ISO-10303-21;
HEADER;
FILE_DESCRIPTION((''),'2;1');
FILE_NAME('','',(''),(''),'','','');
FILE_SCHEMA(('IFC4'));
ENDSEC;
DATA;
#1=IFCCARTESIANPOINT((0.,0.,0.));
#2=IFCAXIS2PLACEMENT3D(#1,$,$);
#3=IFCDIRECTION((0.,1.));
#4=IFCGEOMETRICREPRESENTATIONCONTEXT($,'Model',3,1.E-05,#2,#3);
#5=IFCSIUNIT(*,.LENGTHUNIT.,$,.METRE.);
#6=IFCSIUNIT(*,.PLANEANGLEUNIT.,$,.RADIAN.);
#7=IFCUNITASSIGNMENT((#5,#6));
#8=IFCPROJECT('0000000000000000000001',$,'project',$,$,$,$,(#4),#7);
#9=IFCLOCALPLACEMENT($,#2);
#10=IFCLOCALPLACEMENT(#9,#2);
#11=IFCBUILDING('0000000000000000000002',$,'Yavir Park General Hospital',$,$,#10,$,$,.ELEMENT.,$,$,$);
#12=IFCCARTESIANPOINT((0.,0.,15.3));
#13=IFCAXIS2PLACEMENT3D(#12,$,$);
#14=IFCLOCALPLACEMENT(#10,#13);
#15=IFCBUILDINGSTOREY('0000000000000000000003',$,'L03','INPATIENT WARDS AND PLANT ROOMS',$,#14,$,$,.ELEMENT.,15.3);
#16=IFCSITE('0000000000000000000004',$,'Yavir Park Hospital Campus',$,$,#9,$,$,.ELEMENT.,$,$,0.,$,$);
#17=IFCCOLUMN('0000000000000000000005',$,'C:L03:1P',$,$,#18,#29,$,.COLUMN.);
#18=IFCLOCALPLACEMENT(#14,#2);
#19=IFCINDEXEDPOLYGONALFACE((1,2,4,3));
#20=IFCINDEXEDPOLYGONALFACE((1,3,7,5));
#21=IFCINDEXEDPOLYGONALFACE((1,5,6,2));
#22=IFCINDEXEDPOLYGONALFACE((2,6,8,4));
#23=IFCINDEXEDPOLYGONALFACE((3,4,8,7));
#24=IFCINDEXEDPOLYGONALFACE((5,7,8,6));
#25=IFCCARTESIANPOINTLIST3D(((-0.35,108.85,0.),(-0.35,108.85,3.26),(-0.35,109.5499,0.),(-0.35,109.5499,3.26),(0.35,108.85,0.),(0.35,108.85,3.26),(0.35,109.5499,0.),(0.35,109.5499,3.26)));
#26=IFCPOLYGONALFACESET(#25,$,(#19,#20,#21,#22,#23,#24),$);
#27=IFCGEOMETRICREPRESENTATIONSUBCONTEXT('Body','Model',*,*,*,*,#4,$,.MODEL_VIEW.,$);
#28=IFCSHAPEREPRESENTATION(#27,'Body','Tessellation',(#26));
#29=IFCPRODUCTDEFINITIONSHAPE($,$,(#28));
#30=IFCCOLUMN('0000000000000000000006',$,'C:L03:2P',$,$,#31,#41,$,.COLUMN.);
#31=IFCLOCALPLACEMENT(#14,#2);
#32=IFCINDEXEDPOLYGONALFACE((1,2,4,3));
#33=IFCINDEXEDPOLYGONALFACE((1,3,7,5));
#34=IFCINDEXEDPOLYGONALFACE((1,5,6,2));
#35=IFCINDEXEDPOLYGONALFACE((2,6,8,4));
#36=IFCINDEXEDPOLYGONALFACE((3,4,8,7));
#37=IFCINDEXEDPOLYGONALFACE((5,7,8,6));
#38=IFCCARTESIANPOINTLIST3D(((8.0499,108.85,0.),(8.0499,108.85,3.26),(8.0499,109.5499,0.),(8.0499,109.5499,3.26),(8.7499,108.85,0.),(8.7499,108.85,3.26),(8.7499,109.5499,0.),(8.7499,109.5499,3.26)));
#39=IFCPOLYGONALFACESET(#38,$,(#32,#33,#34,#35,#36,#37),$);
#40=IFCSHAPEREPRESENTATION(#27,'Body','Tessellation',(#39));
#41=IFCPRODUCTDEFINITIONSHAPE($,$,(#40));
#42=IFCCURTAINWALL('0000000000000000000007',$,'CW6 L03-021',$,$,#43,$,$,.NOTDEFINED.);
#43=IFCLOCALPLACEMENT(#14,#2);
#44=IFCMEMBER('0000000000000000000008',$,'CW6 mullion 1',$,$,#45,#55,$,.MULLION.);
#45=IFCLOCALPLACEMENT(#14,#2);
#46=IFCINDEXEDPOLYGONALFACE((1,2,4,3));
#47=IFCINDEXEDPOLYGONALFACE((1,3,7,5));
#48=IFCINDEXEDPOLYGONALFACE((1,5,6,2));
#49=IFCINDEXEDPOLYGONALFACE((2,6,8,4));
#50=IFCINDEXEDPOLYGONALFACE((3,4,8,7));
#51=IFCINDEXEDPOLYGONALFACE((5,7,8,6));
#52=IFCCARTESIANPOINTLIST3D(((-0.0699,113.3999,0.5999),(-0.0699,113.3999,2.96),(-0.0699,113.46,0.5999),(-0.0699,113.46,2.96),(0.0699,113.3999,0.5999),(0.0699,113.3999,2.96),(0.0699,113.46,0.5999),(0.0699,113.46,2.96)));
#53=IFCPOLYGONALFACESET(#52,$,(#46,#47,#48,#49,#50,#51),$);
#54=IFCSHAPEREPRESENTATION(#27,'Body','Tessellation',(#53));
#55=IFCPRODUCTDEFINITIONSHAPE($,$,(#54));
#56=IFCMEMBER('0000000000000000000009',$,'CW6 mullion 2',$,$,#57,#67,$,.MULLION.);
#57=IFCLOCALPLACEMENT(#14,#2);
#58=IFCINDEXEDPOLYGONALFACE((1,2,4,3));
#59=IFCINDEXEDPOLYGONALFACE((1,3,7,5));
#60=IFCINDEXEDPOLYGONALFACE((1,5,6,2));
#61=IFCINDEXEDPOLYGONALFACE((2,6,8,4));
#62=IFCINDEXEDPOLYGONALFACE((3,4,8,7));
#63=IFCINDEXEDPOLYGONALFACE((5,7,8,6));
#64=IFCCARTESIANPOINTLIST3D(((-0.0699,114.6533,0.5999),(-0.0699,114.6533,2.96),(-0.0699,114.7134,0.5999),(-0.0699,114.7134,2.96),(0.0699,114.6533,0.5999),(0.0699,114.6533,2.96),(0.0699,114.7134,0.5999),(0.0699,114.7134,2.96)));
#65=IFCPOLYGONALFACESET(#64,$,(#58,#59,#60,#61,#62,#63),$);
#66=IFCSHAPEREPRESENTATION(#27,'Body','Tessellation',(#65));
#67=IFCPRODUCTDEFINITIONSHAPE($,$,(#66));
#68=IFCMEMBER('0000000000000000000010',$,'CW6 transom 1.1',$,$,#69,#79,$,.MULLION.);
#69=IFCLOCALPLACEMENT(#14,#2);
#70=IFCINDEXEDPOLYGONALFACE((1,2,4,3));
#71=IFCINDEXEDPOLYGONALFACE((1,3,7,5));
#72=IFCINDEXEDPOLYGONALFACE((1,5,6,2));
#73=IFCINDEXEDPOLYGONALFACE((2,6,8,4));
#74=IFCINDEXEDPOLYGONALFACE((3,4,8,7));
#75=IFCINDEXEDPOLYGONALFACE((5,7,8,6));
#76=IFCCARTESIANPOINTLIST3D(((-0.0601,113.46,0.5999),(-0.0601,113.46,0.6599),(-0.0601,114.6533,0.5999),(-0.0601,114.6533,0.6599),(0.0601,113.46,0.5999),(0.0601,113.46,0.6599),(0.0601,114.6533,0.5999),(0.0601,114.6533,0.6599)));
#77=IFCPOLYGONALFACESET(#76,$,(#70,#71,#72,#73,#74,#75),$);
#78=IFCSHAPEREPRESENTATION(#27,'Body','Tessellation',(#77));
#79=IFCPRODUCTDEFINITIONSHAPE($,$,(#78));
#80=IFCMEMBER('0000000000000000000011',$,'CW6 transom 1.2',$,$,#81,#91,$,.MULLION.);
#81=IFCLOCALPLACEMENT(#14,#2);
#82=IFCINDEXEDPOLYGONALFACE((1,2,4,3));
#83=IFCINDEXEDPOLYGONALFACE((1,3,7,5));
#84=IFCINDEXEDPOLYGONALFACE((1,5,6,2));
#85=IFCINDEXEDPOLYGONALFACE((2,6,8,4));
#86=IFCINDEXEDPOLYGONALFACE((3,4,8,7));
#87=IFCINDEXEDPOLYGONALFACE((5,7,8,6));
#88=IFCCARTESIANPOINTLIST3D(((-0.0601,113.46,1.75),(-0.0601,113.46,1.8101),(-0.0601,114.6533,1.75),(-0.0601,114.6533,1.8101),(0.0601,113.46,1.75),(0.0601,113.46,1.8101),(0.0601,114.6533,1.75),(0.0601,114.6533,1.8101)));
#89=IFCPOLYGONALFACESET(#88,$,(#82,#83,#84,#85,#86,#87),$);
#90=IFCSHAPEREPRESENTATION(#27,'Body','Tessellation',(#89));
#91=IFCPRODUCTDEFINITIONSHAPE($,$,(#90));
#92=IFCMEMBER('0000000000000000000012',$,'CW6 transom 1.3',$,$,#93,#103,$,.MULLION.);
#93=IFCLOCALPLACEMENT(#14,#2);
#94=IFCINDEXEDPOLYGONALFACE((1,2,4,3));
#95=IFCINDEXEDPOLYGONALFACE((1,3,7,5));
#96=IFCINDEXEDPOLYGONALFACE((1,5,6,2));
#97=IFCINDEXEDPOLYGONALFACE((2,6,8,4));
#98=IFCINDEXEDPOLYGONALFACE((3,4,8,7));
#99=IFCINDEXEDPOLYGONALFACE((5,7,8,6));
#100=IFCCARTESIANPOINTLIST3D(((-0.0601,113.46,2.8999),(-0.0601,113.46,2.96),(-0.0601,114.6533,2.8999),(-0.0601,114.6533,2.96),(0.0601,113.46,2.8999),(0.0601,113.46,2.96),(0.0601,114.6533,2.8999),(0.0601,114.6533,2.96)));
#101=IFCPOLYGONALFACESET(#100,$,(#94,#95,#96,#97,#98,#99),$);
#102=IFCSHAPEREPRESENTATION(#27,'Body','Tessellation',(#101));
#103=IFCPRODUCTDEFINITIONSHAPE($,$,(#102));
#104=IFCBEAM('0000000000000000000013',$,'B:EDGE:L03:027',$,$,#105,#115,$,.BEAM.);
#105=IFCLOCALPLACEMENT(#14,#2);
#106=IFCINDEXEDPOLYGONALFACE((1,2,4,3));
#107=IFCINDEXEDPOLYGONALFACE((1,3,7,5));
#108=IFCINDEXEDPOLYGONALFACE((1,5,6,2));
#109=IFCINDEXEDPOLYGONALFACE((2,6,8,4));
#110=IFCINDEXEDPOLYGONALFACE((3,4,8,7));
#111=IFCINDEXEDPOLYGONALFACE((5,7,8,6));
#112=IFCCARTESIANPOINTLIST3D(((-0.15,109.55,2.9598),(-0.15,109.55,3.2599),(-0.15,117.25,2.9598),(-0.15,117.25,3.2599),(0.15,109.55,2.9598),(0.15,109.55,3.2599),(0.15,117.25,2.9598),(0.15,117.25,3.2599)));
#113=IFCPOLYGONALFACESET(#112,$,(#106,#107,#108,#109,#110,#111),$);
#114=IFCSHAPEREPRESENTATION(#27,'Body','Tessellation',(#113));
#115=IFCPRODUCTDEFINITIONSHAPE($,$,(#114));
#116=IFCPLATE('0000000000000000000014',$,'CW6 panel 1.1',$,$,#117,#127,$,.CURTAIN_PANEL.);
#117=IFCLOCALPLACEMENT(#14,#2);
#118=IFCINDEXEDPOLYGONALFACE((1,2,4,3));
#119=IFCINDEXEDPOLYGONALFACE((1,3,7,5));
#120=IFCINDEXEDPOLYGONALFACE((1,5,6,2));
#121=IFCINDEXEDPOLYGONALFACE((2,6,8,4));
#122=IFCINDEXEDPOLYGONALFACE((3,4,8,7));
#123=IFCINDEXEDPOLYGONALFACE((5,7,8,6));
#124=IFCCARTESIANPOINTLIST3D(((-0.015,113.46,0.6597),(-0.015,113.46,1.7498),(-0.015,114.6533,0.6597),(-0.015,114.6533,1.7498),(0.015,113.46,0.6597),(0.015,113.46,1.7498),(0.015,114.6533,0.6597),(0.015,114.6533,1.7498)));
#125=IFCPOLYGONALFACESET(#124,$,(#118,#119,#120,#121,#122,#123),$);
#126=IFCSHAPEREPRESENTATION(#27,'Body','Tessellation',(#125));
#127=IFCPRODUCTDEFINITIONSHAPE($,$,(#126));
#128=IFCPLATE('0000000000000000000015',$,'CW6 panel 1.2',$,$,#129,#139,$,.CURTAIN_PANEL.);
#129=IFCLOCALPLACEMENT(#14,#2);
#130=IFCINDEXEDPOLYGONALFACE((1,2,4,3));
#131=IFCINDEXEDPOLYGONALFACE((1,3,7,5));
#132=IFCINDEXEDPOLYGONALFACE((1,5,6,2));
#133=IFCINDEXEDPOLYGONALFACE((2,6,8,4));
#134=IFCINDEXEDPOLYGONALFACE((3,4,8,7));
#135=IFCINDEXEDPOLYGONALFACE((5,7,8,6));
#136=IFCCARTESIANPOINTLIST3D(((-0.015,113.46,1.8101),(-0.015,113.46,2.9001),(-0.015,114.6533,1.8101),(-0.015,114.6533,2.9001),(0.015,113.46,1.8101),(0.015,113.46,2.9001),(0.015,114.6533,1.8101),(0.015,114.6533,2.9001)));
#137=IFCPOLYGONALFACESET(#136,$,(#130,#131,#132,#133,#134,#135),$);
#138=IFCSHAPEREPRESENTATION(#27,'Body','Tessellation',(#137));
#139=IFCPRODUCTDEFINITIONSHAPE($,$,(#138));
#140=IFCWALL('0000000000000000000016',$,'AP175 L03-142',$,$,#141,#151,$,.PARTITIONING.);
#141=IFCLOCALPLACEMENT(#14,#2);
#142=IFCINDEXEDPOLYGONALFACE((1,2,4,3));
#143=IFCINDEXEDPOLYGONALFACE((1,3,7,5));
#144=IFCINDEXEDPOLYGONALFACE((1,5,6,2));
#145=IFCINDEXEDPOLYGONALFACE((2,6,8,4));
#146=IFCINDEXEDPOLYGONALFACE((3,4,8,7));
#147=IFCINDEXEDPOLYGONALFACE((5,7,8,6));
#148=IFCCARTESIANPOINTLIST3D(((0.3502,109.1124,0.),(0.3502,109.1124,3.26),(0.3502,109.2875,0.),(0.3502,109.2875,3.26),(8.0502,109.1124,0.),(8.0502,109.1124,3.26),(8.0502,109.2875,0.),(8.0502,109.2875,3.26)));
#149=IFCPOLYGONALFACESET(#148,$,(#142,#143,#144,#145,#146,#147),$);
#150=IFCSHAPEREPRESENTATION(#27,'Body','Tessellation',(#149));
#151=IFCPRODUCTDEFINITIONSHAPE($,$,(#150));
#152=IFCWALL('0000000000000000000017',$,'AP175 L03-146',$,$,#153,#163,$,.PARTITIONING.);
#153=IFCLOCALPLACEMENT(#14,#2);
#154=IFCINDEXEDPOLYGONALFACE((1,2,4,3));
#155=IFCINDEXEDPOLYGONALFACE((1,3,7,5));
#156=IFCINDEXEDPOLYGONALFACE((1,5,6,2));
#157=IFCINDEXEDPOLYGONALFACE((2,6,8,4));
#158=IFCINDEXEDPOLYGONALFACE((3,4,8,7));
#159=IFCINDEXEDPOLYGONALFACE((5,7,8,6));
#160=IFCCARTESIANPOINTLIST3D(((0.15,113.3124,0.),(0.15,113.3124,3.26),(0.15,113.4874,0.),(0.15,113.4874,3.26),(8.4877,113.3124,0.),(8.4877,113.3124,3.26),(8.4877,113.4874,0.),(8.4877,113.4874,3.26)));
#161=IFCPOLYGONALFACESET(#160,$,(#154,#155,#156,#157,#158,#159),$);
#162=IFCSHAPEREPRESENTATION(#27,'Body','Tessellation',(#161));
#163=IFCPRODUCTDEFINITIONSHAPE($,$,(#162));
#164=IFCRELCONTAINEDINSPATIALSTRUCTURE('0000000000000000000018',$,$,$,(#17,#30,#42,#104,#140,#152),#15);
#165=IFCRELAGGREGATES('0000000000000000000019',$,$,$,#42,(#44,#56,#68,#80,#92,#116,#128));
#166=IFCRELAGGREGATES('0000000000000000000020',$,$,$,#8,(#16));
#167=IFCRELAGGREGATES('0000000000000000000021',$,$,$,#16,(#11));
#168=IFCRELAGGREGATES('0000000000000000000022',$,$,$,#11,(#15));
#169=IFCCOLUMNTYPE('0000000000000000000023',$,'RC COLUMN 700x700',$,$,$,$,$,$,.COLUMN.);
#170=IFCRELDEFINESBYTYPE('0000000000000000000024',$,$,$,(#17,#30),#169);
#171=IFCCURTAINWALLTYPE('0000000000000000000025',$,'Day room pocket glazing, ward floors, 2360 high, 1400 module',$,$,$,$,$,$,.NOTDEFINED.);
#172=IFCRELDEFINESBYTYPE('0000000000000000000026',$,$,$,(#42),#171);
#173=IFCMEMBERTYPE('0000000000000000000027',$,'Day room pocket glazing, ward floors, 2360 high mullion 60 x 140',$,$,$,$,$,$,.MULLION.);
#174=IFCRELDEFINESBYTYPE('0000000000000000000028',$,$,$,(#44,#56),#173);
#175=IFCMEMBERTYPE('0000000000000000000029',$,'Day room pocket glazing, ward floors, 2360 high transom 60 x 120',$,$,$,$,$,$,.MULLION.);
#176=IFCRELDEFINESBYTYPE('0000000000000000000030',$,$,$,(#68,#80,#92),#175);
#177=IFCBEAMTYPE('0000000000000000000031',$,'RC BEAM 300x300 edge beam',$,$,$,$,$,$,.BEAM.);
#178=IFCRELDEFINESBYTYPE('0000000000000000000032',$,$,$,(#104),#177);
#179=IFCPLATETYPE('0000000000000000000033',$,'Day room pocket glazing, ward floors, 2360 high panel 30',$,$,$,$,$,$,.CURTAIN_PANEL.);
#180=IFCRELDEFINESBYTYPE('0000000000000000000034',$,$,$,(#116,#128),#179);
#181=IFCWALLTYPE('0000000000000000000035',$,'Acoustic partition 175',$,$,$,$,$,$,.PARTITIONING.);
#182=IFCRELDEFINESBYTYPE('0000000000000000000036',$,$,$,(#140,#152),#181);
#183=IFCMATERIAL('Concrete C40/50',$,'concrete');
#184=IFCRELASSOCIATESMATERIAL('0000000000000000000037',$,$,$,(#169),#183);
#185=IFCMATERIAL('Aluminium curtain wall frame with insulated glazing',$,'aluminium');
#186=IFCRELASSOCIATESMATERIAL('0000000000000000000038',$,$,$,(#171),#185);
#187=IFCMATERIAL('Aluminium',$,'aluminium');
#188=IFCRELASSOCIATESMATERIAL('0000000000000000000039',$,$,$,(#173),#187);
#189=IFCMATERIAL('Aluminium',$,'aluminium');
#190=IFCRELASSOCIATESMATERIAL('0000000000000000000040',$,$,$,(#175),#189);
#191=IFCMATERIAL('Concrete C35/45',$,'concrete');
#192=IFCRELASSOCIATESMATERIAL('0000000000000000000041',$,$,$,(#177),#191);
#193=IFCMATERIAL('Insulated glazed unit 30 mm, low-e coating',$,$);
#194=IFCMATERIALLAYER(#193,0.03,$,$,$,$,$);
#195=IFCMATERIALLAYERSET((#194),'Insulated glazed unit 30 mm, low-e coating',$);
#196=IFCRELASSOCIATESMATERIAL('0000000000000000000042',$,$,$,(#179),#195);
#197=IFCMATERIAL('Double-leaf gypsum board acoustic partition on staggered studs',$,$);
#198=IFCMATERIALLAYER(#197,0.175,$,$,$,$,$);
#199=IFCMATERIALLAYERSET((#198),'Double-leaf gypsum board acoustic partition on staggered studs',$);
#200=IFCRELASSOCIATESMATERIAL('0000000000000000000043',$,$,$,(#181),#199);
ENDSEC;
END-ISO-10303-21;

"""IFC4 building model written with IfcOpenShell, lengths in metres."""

from ifc_helpers import new_model, si_unit, direction, frame, frame_2d, origin, origin_2d, place, context, subcontext, project, spatial, rectangle, extrude, material, layer, layer_set, material_profile, profile_set, type_object, element, aggregate, save


model = new_model("IFC4")

# Units and contexts
model_context = context("Model", 3, precision=1e-05, world=origin(), true_north=direction((0.0, 1.0)))
body_context = subcontext(model_context, "Body", "Model", "MODEL_VIEW")
ifc_project = project(units=[si_unit("LENGTHUNIT", "METRE"), si_unit("PLANEANGLEUNIT", "RADIAN")], contexts=[model_context])

# Site, building, storey
site_placement = place(None, origin())
site = spatial("IfcSite", under=ifc_project, at=site_placement, Name="Yavir Park Hospital Campus", CompositionType="ELEMENT", RefElevation=0.0)
building_placement = place(site_placement, origin())
building = spatial("IfcBuilding", under=site, at=building_placement, Name="Yavir Park General Hospital", CompositionType="ELEMENT")
storey_placement = place(building_placement, frame((0.0, 0.0, 15.3)))
storey = spatial("IfcBuildingStorey", under=building, at=storey_placement, Name="L03", Description="INPATIENT WARDS AND PLANT ROOMS", CompositionType="ELEMENT", Elevation=15.3)

# Columns
ifc_material_1 = material(Name="Concrete C40/50", Category="concrete")
ifc_material_profile_1 = material_profile(ifc_material_1, rectangle(XDim=0.7, YDim=0.7, at=origin_2d()), Name="RC700x700")
ifc_profile_set_1 = profile_set([ifc_material_profile_1], Name="Concrete C40/50")
column_type = type_object("IfcColumnType", Name="RC COLUMN 700x700", PredefinedType="COLUMN", material=ifc_profile_set_1)
for number, where, z_axis, x_axis, name in (
    (1, (0.0, 109.2, 0.0), (0.0, 0.0, 1.0), (1.0, 0.0, 0.0), "C:L03:1P"),
    (2, (8.3999, 109.2, 0.0), (0.0, 0.0, 1.0), (1.0, 0.0, 0.0), "C:L03:2P"),
):
    element("IfcColumn", number, at=place(storey_placement, frame(where, z_axis=z_axis, x_axis=x_axis)), inside=storey, type_object=column_type, Name=name, PredefinedType="COLUMN", context=body_context, shape_type="SweptSolid", body=[
        extrude(rectangle(XDim=0.7, YDim=0.7, at=origin_2d()), origin(), (0.0, 0.0, 1.0), 3.26),
    ])

# Curtain wall, members
ifc_material_2 = material(Name="Aluminium curtain wall frame with insulated glazing", Category="aluminium")
curtain_wall_type = type_object("IfcCurtainWallType", Name="Day room pocket glazing, ward floors, 2360 high, 1400 module", PredefinedType="NOTDEFINED", material=ifc_material_2)
curtain_wall_placement = place(storey_placement, origin())
curtain_wall = element("IfcCurtainWall", 3, at=curtain_wall_placement, inside=storey, type_object=curtain_wall_type, Name="CW6 L03-021", PredefinedType="NOTDEFINED")
ifc_material_3 = material(Name="Aluminium", Category="aluminium")
ifc_material_profile_2 = material_profile(ifc_material_3, rectangle(XDim=0.1399, YDim=0.0601, at=origin_2d()), Name="AL 60x140")
ifc_profile_set_2 = profile_set([ifc_material_profile_2], Name="Aluminium")
member_type_1 = type_object("IfcMemberType", Name="Day room pocket glazing, ward floors, 2360 high mullion 60 x 140", PredefinedType="MULLION", material=ifc_profile_set_2)
member_1_placement = place(storey_placement, frame((0.0, 113.4299, 0.5999), z_axis=(0.0, 0.0, 1.0), x_axis=(-1.0, 0.0, 0.0)))
member_1 = element("IfcMember", 4, at=member_1_placement, type_object=member_type_1, Name="CW6 mullion 1", PredefinedType="MULLION", context=body_context, shape_type="SweptSolid", body=[
    extrude(rectangle(XDim=0.1399, YDim=0.0601, at=origin_2d()), origin(), (0.0, 0.0, 1.0), 2.3601),
])
member_2_placement = place(storey_placement, frame((0.0, 114.6833, 0.5999), z_axis=(0.0, 0.0, 1.0), x_axis=(-1.0, 0.0, 0.0)))
member_2 = element("IfcMember", 5, at=member_2_placement, type_object=member_type_1, Name="CW6 mullion 2", PredefinedType="MULLION", context=body_context, shape_type="SweptSolid", body=[
    extrude(rectangle(XDim=0.1399, YDim=0.0601, at=origin_2d()), origin(), (0.0, 0.0, 1.0), 2.3601),
])
ifc_material_4 = material(Name="Aluminium", Category="aluminium")
ifc_material_profile_3 = material_profile(ifc_material_4, rectangle(XDim=0.1201, YDim=0.0601, at=origin_2d()), Name="AL 120x60")
ifc_profile_set_3 = profile_set([ifc_material_profile_3], Name="Aluminium")
member_type_2 = type_object("IfcMemberType", Name="Day room pocket glazing, ward floors, 2360 high transom 60 x 120", PredefinedType="MULLION", material=ifc_profile_set_3)
member_3_placement = place(storey_placement, frame((0.0, 113.46, 0.6299), z_axis=(0.0, 1.0, 0.0), x_axis=(-1.0, 0.0, 0.0)))
member_3 = element("IfcMember", 6, at=member_3_placement, type_object=member_type_2, Name="CW6 transom 1.1", PredefinedType="MULLION", context=body_context, shape_type="SweptSolid", body=[
    extrude(rectangle(XDim=0.1201, YDim=0.0601, at=origin_2d()), origin(), (0.0, 0.0, 1.0), 1.1934),
])
member_4_placement = place(storey_placement, frame((0.0, 113.46, 1.78), z_axis=(0.0, 1.0, 0.0), x_axis=(-1.0, 0.0, 0.0)))
member_4 = element("IfcMember", 7, at=member_4_placement, type_object=member_type_2, Name="CW6 transom 1.2", PredefinedType="MULLION", context=body_context, shape_type="SweptSolid", body=[
    extrude(rectangle(XDim=0.1201, YDim=0.0601, at=origin_2d()), origin(), (0.0, 0.0, 1.0), 1.1934),
])
member_5_placement = place(storey_placement, frame((0.0, 113.46, 2.9299), z_axis=(0.0, 1.0, 0.0), x_axis=(-1.0, 0.0, 0.0)))
member_5 = element("IfcMember", 8, at=member_5_placement, type_object=member_type_2, Name="CW6 transom 1.3", PredefinedType="MULLION", context=body_context, shape_type="SweptSolid", body=[
    extrude(rectangle(XDim=0.1201, YDim=0.0601, at=origin_2d()), origin(), (0.0, 0.0, 1.0), 1.1934),
])

# Beam
ifc_material_5 = material(Name="Concrete C35/45", Category="concrete")
ifc_material_profile_4 = material_profile(ifc_material_5, rectangle(XDim=0.3, YDim=0.3, at=origin_2d()), Name="RC300x300")
ifc_profile_set_4 = profile_set([ifc_material_profile_4], Name="Concrete C35/45")
beam_type = type_object("IfcBeamType", Name="RC BEAM 300x300 edge beam", PredefinedType="BEAM", material=ifc_profile_set_4)
beam_placement = place(storey_placement, frame((0.0, 109.55, 3.1099), z_axis=(0.0, 1.0, 0.0), x_axis=(-1.0, 0.0, 0.0)))
element("IfcBeam", 9, at=beam_placement, inside=storey, type_object=beam_type, Name="B:EDGE:L03:027", PredefinedType="BEAM", context=body_context, shape_type="SweptSolid", body=[
    extrude(rectangle(XDim=0.3, YDim=0.3, at=origin_2d()), origin(), (0.0, 0.0, 1.0), 7.7),
])

# Plates
ifc_material_6 = material(Name="Insulated glazed unit 30 mm, low-e coating")
ifc_layer_1 = layer(ifc_material_6, 0.03)
ifc_layer_set_1 = layer_set([ifc_layer_1], Name="Insulated glazed unit 30 mm, low-e coating")
plate_type = type_object("IfcPlateType", Name="Day room pocket glazing, ward floors, 2360 high panel 30", PredefinedType="CURTAIN_PANEL", material=ifc_layer_set_1)
plate_1_placement = place(storey_placement, frame((0.0, 114.0566, 0.6597), z_axis=(0.0, 0.0, 1.0), x_axis=(0.0, 1.0, 0.0)))
plate_1 = element("IfcPlate", 10, at=plate_1_placement, type_object=plate_type, Name="CW6 panel 1.1", PredefinedType="CURTAIN_PANEL", context=body_context, shape_type="SweptSolid", body=[
    extrude(rectangle(XDim=1.1934, YDim=0.03, at=origin_2d()), origin(), (0.0, 0.0, 1.0), 1.0901),
])
plate_2_placement = place(storey_placement, frame((0.0, 114.0566, 1.8101), z_axis=(0.0, 0.0, 1.0), x_axis=(0.0, 1.0, 0.0)))
plate_2 = element("IfcPlate", 11, at=plate_2_placement, type_object=plate_type, Name="CW6 panel 1.2", PredefinedType="CURTAIN_PANEL", context=body_context, shape_type="SweptSolid", body=[
    extrude(rectangle(XDim=1.1934, YDim=0.03, at=origin_2d()), origin(), (0.0, 0.0, 1.0), 1.0901),
])
aggregate(curtain_wall, [member_1, member_2, member_3, member_4, member_5, plate_1, plate_2])

# Walls
ifc_material_7 = material(Name="Double-leaf gypsum board acoustic partition on staggered studs")
ifc_layer_2 = layer(ifc_material_7, 0.175)
ifc_layer_set_2 = layer_set([ifc_layer_2], Name="Double-leaf gypsum board acoustic partition on staggered studs")
wall_type_1 = type_object("IfcWallType", Name="Acoustic partition 175", PredefinedType="PARTITIONING", material=ifc_layer_set_2)
wall_1_placement = place(storey_placement, frame((0.3501, 109.2, 0.0), z_axis=(0.0, 0.0, 1.0), x_axis=(1.0, 0.0, 0.0)))
element("IfcWall", 12, at=wall_1_placement, inside=storey, type_object=wall_type_1, Name="AP175 L03-142", PredefinedType="PARTITIONING", context=body_context, shape_type="SweptSolid", body=[
    extrude(rectangle(XDim=7.7, YDim=0.175, at=frame_2d((3.8501, 0.0))), origin(), (0.0, 0.0, 1.0), 3.26),
])
wall_2_placement = place(storey_placement, frame((0.1499, 113.3999, 0.0), z_axis=(0.0, 0.0, 1.0), x_axis=(1.0, 0.0, 0.0)))
element("IfcWall", 13, at=wall_2_placement, inside=storey, type_object=wall_type_1, Name="AP175 L03-146", PredefinedType="PARTITIONING", context=body_context, shape_type="SweptSolid", body=[
    extrude(rectangle(XDim=8.3376, YDim=0.175, at=frame_2d((4.1689, 0.0))), origin(), (0.0, 0.0, 1.0), 3.26),
])

save(model, "model.ifc")
